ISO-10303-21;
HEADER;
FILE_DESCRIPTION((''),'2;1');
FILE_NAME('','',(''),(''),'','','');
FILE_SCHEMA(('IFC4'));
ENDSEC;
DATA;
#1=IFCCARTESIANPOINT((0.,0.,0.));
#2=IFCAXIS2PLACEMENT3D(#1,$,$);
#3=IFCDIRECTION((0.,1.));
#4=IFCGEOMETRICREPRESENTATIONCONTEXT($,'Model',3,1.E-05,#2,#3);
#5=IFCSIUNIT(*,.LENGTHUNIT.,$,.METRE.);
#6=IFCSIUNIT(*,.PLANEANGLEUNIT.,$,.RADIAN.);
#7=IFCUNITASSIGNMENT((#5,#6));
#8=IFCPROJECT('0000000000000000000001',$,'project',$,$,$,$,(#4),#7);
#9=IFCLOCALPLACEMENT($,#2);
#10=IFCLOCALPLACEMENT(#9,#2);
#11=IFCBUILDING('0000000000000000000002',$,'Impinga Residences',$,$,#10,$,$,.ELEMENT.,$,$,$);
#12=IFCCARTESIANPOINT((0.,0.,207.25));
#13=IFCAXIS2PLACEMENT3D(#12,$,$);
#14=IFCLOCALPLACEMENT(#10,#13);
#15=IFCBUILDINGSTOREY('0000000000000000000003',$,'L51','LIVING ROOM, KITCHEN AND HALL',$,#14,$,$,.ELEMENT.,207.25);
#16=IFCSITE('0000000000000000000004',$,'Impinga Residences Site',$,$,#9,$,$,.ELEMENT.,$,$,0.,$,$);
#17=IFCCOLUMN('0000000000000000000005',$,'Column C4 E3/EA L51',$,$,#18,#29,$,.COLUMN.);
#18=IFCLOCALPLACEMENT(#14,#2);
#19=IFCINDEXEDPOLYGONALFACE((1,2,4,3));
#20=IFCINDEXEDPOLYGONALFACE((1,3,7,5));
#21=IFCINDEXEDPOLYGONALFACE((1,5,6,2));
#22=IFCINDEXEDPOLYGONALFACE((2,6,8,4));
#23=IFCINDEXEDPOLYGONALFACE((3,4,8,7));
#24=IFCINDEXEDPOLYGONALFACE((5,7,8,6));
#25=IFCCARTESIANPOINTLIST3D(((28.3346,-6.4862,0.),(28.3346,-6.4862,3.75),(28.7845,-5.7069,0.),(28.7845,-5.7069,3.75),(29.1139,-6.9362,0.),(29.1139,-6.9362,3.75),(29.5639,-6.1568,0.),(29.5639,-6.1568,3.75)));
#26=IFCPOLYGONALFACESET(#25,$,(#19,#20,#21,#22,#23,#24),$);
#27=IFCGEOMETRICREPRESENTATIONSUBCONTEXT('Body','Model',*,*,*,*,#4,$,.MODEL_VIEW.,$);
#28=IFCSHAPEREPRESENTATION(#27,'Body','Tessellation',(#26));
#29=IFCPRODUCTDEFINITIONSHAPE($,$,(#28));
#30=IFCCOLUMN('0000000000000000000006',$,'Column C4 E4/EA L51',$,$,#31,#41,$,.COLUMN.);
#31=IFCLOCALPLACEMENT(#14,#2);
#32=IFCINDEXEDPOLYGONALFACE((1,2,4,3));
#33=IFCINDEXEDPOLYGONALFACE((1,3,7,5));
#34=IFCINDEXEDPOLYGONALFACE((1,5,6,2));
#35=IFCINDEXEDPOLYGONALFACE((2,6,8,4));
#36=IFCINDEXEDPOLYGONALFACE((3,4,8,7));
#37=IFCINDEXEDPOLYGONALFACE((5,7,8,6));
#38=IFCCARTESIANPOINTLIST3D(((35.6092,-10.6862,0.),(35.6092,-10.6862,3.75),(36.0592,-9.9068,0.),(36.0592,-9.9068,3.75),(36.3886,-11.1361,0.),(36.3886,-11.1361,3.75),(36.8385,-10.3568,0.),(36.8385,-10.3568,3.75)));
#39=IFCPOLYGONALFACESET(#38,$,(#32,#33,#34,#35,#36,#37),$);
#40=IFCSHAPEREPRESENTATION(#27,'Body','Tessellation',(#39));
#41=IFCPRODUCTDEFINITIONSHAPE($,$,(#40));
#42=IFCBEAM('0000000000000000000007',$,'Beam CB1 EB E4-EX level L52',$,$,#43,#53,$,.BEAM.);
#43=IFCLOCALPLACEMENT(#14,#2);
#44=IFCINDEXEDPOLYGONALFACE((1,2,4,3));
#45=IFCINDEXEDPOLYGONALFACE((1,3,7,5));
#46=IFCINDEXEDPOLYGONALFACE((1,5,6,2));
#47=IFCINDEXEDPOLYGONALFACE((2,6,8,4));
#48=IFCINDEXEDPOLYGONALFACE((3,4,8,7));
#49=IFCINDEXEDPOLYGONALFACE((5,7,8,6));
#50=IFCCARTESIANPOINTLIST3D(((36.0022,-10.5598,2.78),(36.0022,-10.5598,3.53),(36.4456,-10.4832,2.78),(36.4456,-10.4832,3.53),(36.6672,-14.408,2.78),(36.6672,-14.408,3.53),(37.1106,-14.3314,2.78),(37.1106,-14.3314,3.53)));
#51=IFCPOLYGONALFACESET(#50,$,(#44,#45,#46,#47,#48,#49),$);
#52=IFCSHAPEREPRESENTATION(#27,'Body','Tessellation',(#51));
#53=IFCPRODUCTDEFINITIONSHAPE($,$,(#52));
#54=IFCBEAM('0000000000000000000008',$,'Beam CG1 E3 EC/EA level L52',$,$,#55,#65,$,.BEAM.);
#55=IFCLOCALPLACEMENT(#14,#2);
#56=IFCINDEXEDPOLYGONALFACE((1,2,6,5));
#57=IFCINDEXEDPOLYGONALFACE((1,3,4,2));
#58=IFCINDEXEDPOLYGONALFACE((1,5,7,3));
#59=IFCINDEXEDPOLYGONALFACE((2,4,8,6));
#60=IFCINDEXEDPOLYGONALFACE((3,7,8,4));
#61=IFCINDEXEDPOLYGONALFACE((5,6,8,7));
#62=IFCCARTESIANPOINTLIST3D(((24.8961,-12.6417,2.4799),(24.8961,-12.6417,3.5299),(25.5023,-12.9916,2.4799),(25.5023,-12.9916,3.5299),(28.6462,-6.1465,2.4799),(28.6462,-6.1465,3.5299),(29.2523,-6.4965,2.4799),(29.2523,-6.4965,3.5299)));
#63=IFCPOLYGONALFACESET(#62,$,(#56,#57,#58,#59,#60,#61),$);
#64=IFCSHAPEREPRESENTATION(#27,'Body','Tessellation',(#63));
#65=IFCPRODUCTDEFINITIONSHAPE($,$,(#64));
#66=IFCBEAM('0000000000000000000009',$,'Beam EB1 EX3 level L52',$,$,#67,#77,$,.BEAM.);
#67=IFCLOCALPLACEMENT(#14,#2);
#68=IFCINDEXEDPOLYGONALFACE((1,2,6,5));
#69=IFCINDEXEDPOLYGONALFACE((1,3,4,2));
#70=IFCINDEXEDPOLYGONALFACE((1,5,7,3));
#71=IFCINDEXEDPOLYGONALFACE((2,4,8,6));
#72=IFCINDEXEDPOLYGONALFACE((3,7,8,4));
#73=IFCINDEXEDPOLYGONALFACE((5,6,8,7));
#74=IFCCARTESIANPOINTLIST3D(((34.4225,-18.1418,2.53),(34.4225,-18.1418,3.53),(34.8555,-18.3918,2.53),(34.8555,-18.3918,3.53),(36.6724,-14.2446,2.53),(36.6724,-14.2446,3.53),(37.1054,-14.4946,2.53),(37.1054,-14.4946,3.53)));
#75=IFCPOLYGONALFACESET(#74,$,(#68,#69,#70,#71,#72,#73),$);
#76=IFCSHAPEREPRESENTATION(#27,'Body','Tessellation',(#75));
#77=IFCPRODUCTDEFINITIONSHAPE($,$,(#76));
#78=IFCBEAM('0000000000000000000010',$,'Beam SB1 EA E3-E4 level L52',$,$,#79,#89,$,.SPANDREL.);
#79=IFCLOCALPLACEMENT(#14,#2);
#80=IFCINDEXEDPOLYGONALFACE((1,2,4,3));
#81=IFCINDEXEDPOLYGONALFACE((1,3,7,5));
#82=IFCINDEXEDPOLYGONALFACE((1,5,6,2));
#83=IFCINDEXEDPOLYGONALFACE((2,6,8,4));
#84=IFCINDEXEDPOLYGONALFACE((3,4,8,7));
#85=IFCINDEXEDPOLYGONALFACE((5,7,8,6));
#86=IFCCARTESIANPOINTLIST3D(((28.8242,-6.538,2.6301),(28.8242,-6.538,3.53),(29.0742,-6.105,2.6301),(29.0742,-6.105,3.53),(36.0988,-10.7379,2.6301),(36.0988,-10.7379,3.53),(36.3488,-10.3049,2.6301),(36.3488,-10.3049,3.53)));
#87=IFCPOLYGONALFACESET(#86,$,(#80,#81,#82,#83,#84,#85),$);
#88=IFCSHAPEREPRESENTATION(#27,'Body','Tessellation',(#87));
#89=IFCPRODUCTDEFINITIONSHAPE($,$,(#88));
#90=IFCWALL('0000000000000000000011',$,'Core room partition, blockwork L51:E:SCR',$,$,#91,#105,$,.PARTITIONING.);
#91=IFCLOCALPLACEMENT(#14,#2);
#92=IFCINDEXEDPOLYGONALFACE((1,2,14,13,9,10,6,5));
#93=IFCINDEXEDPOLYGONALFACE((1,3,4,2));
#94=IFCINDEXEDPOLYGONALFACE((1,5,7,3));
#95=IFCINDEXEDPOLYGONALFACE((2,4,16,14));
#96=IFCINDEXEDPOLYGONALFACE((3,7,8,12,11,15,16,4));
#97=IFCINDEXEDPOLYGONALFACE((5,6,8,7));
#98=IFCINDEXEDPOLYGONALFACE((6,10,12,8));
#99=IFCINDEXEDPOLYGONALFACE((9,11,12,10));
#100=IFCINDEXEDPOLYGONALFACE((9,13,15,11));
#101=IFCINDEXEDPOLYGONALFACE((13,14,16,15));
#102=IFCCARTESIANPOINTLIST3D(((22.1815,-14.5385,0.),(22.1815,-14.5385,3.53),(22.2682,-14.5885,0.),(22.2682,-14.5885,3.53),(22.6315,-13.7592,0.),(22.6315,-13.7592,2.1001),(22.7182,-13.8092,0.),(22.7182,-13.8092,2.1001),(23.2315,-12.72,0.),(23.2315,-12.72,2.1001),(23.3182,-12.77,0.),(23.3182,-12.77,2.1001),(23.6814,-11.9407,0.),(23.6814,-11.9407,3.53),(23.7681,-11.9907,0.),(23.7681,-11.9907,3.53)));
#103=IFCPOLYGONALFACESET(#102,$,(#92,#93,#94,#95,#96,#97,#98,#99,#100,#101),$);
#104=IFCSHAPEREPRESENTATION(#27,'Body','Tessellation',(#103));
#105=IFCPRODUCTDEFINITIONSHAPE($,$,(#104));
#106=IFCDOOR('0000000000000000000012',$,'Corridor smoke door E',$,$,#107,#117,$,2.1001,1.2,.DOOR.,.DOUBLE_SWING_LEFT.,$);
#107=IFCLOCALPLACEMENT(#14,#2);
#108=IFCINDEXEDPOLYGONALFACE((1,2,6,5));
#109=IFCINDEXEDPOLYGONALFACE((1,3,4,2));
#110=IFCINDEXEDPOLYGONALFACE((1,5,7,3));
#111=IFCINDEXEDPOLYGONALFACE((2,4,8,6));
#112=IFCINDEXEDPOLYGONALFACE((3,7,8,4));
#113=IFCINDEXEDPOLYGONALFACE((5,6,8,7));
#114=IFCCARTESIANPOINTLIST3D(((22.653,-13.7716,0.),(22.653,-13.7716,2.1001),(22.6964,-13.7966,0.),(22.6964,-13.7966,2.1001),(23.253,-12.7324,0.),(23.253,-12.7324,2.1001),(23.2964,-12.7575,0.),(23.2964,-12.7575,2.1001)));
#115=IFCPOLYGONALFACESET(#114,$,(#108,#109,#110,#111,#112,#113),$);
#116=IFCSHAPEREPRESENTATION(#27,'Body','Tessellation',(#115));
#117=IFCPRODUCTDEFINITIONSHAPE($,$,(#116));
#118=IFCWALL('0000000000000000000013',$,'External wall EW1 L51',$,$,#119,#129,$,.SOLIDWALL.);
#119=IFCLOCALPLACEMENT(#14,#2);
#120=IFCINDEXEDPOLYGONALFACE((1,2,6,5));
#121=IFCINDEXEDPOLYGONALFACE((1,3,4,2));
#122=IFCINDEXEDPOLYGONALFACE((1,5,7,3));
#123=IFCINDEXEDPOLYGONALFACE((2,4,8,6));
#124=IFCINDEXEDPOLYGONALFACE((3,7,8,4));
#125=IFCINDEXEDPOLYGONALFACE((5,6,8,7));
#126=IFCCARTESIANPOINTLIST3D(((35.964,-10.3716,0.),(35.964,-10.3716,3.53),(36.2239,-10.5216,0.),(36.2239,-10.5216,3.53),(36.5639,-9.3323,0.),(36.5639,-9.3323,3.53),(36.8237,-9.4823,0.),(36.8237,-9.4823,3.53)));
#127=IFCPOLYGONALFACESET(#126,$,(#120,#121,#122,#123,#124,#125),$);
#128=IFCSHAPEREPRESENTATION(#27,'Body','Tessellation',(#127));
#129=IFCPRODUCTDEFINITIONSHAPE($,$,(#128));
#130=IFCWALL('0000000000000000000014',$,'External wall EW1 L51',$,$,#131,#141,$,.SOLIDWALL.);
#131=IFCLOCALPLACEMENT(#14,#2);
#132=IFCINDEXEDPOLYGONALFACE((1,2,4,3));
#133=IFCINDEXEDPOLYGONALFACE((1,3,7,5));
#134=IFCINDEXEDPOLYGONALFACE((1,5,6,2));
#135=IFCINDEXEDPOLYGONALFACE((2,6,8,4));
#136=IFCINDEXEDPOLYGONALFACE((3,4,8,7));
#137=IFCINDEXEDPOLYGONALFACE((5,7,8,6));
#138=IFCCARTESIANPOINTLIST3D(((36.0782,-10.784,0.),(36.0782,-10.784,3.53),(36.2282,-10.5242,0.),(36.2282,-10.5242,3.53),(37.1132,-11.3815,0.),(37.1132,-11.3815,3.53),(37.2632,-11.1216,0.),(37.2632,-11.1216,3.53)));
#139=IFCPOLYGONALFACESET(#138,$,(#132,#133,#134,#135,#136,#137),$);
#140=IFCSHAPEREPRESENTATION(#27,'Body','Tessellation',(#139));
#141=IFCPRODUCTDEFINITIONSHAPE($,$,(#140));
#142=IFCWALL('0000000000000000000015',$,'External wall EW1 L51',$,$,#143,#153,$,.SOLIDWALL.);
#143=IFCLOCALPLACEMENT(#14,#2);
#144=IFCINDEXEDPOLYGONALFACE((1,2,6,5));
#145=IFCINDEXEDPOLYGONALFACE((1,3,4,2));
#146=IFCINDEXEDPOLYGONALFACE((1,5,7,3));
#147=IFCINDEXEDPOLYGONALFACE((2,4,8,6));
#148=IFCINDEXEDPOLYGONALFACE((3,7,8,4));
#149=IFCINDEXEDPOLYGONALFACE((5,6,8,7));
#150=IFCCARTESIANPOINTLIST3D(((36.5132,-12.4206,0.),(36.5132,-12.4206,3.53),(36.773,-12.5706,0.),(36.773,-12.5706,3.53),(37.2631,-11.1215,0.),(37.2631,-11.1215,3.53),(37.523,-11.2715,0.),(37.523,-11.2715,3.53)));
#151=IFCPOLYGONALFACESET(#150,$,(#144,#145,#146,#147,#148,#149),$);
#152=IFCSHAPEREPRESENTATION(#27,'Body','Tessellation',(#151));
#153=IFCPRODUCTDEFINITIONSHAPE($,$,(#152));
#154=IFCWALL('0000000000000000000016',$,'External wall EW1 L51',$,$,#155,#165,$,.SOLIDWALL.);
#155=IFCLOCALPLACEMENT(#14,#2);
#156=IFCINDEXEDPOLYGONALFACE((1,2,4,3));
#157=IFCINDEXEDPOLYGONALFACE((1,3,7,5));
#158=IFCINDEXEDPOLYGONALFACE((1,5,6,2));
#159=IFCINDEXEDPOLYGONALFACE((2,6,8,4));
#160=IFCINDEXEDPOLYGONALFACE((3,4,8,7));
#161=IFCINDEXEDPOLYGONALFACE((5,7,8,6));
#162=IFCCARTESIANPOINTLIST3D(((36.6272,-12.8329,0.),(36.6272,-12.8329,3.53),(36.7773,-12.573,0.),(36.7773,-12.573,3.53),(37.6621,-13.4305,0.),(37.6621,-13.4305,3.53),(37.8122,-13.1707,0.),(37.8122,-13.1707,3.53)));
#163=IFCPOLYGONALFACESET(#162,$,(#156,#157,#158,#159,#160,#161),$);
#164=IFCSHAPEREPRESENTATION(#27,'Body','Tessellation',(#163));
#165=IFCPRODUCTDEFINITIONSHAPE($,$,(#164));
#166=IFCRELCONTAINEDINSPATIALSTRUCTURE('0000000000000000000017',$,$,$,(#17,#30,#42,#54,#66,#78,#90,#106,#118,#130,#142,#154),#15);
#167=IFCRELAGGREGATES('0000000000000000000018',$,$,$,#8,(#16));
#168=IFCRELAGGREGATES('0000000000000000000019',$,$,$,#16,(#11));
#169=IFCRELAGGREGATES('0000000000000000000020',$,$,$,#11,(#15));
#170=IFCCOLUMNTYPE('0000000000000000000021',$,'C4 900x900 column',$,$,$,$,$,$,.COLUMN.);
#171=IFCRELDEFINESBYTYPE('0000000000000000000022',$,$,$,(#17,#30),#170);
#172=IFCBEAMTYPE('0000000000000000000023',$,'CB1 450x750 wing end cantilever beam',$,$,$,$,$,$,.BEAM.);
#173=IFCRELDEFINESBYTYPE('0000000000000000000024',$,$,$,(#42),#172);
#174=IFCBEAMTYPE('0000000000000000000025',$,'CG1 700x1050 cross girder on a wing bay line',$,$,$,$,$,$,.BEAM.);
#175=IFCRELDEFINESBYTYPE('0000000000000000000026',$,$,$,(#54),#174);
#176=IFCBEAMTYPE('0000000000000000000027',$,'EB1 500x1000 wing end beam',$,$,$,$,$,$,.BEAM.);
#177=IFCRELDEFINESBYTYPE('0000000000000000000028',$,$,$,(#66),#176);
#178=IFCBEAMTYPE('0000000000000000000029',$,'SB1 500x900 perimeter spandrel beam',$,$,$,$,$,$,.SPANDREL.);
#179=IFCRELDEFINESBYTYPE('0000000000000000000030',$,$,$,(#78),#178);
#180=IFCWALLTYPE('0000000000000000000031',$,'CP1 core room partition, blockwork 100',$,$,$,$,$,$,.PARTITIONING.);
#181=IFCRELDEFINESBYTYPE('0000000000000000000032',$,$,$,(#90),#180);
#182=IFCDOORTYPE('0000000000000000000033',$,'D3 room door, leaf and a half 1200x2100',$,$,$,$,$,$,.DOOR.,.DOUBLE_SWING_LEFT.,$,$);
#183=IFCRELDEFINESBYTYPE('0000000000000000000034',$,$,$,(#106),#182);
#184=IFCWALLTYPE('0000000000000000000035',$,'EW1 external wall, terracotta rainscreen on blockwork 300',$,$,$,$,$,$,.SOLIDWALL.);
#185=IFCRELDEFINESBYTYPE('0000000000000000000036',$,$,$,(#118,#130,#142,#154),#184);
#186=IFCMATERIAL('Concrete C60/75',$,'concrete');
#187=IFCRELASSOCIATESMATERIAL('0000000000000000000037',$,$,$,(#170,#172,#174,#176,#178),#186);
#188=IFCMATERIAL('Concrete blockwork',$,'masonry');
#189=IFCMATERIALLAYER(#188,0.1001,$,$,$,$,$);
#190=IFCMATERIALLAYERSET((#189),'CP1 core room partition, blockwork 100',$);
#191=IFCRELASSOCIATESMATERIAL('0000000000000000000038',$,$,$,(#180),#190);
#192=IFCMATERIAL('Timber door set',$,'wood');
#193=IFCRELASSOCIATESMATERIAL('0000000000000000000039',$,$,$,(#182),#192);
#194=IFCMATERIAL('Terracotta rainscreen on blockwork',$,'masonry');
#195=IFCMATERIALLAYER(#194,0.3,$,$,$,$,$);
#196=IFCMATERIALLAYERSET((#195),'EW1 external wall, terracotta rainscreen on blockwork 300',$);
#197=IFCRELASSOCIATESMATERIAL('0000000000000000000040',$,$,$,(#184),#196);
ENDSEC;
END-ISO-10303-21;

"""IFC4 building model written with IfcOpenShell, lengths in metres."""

from ifc_helpers import new_model, si_unit, direction, frame, frame_2d, origin, origin_2d, place, context, subcontext, project, spatial, rectangle, extrude, material, layer, layer_set, material_profile, profile_set, type_object, element, fill, save


model = new_model("IFC4")

# Units and contexts
model_context = context("Model", 3, precision=1e-05, world=origin(), true_north=direction((0.0, 1.0)))
body_context = subcontext(model_context, "Body", "Model", "MODEL_VIEW")
ifc_project = project(units=[si_unit("LENGTHUNIT", "METRE"), si_unit("PLANEANGLEUNIT", "RADIAN")], contexts=[model_context])

# Site, building, storey
site_placement = place(None, origin())
site = spatial("IfcSite", under=ifc_project, at=site_placement, Name="Impinga Residences Site", CompositionType="ELEMENT", RefElevation=0.0)
building_placement = place(site_placement, origin())
building = spatial("IfcBuilding", under=site, at=building_placement, Name="Impinga Residences", CompositionType="ELEMENT")
storey_placement = place(building_placement, frame((0.0, 0.0, 207.25)))
storey = spatial("IfcBuildingStorey", under=building, at=storey_placement, Name="L51", Description="LIVING ROOM, KITCHEN AND HALL", CompositionType="ELEMENT", Elevation=207.25)

# Columns
ifc_material_1 = material(Name="Concrete C60/75", Category="concrete")
ifc_material_profile_1 = material_profile(ifc_material_1, rectangle(XDim=0.8999, YDim=0.8999, at=origin_2d()), Name="RC 900x900")
ifc_profile_set_1 = profile_set([ifc_material_profile_1], Name="Concrete C60/75")
column_type = type_object("IfcColumnType", Name="C4 900x900 column", PredefinedType="COLUMN", material=ifc_profile_set_1)
for number, where, z_axis, x_axis, name in (
    (1, (28.9492, -6.3215, 0.0), (0.0, 0.0, 1.0), (-0.5, -0.866025, 0.0), "Column C4 E3/EA L51"),
    (2, (36.2239, -10.5215, 0.0), (0.0, 0.0, 1.0), (-0.5, -0.866025, 0.0), "Column C4 E4/EA L51"),
):
    element("IfcColumn", number, at=place(storey_placement, frame(where, z_axis=z_axis, x_axis=x_axis)), inside=storey, type_object=column_type, Name=name, PredefinedType="COLUMN", context=body_context, shape_type="SweptSolid", body=[
        extrude(rectangle(XDim=0.8999, YDim=0.8999, at=origin_2d()), origin(), (0.0, 0.0, 1.0), 3.75),
    ])

# Beams
ifc_material_profile_2 = material_profile(ifc_material_1, rectangle(XDim=0.45, YDim=0.75, at=origin_2d()), Name="RC 450x750")
ifc_profile_set_2 = profile_set([ifc_material_profile_2], Name="Concrete C60/75")
beam_type_1 = type_object("IfcBeamType", Name="CB1 450x750 wing end cantilever beam", PredefinedType="BEAM", material=ifc_profile_set_2)
beam_1_placement = place(storey_placement, frame((36.2239, -10.5215, 3.155), z_axis=(0.170296, -0.985393, 0.0), x_axis=(0.985393, 0.170296, 0.0)))
element("IfcBeam", 3, at=beam_1_placement, inside=storey, type_object=beam_type_1, Name="Beam CB1 EB E4-EX level L52", PredefinedType="BEAM", context=body_context, shape_type="SweptSolid", body=[
    extrude(rectangle(XDim=0.45, YDim=0.75, at=origin_2d()), origin(), (0.0, 0.0, 1.0), 3.9053),
])
ifc_material_profile_3 = material_profile(ifc_material_1, rectangle(XDim=0.7, YDim=1.05, at=origin_2d()), Name="RC 700x1050")
ifc_profile_set_3 = profile_set([ifc_material_profile_3], Name="Concrete C60/75")
beam_type_2 = type_object("IfcBeamType", Name="CG1 700x1050 cross girder on a wing bay line", PredefinedType="BEAM", material=ifc_profile_set_3)
beam_2_placement = place(storey_placement, frame((25.1992, -12.8167, 3.0049), z_axis=(0.500004, 0.866023, 0.0), x_axis=(-0.866023, 0.500004, 0.0)))
element("IfcBeam", 4, at=beam_2_placement, inside=storey, type_object=beam_type_2, Name="Beam CG1 E3 EC/EA level L52", PredefinedType="BEAM", context=body_context, shape_type="SweptSolid", body=[
    extrude(rectangle(XDim=0.7, YDim=1.05, at=origin_2d()), origin(), (0.0, 0.0, 1.0), 7.5),
])
ifc_material_profile_4 = material_profile(ifc_material_1, rectangle(XDim=0.5, YDim=1.0, at=origin_2d()), Name="RC 500x1000")
ifc_profile_set_4 = profile_set([ifc_material_profile_4], Name="Concrete C60/75")
beam_type_3 = type_object("IfcBeamType", Name="EB1 500x1000 wing end beam", PredefinedType="BEAM", material=ifc_profile_set_4)
beam_3_placement = place(storey_placement, frame((36.8889, -14.3696, 3.03), z_axis=(-0.49999, -0.866031, 0.0), x_axis=(0.866031, -0.49999, 0.0)))
element("IfcBeam", 5, at=beam_3_placement, inside=storey, type_object=beam_type_3, Name="Beam EB1 EX3 level L52", PredefinedType="BEAM", context=body_context, shape_type="SweptSolid", body=[
    extrude(rectangle(XDim=0.5, YDim=1.0, at=origin_2d()), origin(), (0.0, 0.0, 1.0), 4.5),
])
ifc_material_profile_5 = material_profile(ifc_material_1, rectangle(XDim=0.5, YDim=0.8999, at=origin_2d()), Name="RC 500x900")
ifc_profile_set_5 = profile_set([ifc_material_profile_5], Name="Concrete C60/75")
beam_type_4 = type_object("IfcBeamType", Name="SB1 500x900 perimeter spandrel beam", PredefinedType="SPANDREL", material=ifc_profile_set_5)
beam_4_placement = place(storey_placement, frame((28.9492, -6.3215, 3.0801), z_axis=(0.866029, -0.499993, 0.0), x_axis=(0.499993, 0.866029, 0.0)))
element("IfcBeam", 6, at=beam_4_placement, inside=storey, type_object=beam_type_4, Name="Beam SB1 EA E3-E4 level L52", PredefinedType="SPANDREL", context=body_context, shape_type="SweptSolid", body=[
    extrude(rectangle(XDim=0.5, YDim=0.8999, at=origin_2d()), origin(), (0.0, 0.0, 1.0), 8.3999),
])

# Wall, opening, door
ifc_material_2 = material(Name="Concrete blockwork", Category="masonry")
ifc_layer_1 = layer(ifc_material_2, 0.1001)
ifc_layer_set_1 = layer_set([ifc_layer_1], Name="CP1 core room partition, blockwork 100")
wall_type_1 = type_object("IfcWallType", Name="CP1 core room partition, blockwork 100", PredefinedType="PARTITIONING", material=ifc_layer_set_1)
wall_1_placement = place(storey_placement, frame((23.7249, -11.9656, 0.0), z_axis=(0.0, 0.0, 1.0), x_axis=(-0.500025, -0.866011, 0.0)))
wall_1 = element("IfcWall", 7, at=wall_1_placement, inside=storey, type_object=wall_type_1, Name="Core room partition, blockwork L51:E:SCR", PredefinedType="PARTITIONING", context=body_context, shape_type="SweptSolid", body=[
    extrude(rectangle(XDim=2.9998, YDim=0.1001, at=frame_2d((1.5, 0.0))), origin(), (0.0, 0.0, 1.0), 3.53),
])
opening_1_placement = place(wall_1_placement, frame((0.8999, 0.0, 0.0)))
opening_1 = element("IfcOpeningElement", 8, at=opening_1_placement, cuts=wall_1, PredefinedType="OPENING", context=body_context, shape_type="SweptSolid", body=[
    extrude(rectangle(XDim=1.2, YDim=2.1001, at=frame_2d((0.6001, 1.05))), frame((0.0, 0.0601, 0.0), z_axis=(0.0, -1.0, 0.0), x_axis=(1.0, 0.0, 0.0)), (0.0, 0.0, 1.0), 0.1201),
])
ifc_material_3 = material(Name="Timber door set", Category="wood")
door_type_1 = type_object("IfcDoorType", Name="D3 room door, leaf and a half 1200x2100", OperationType="DOUBLE_SWING_LEFT", PredefinedType="DOOR", material=ifc_material_3)
door_1_placement = place(opening_1_placement, origin())
door_1 = element("IfcDoor", 9, at=door_1_placement, inside=storey, type_object=door_type_1, Name="Corridor smoke door E", OperationType="DOUBLE_SWING_LEFT", OverallHeight=2.1001, OverallWidth=1.2, PredefinedType="DOOR", context=body_context, shape_type="SweptSolid", body=[
    extrude(rectangle(XDim=1.2, YDim=2.1001, at=frame_2d((0.6001, 1.05))), frame((0.0, 0.0249, 0.0), z_axis=(0.0, -1.0, 0.0), x_axis=(1.0, 0.0, 0.0)), (0.0, 0.0, 1.0), 0.05),
])
fill(opening_1, door_1)

# Walls
ifc_material_4 = material(Name="Terracotta rainscreen on blockwork", Category="masonry")
ifc_layer_2 = layer(ifc_material_4, 0.3)
ifc_layer_set_2 = layer_set([ifc_layer_2], Name="EW1 external wall, terracotta rainscreen on blockwork 300")
wall_type_2 = type_object("IfcWallType", Name="EW1 external wall, terracotta rainscreen on blockwork 300", PredefinedType="SOLIDWALL", material=ifc_layer_set_2)
wall_2_placement = place(storey_placement, frame((36.6938, -9.4072, 0.0), z_axis=(0.0, 0.0, 1.0), x_axis=(-0.499881, -0.866094, 0.0)))
element("IfcWall", 10, at=wall_2_placement, inside=storey, type_object=wall_type_2, Name="External wall EW1 L51", PredefinedType="SOLIDWALL", context=body_context, shape_type="SweptSolid", body=[
    extrude(rectangle(XDim=1.2, YDim=0.3, at=frame_2d((0.6001, 0.0))), origin(), (0.0, 0.0, 1.0), 3.53),
])
wall_3_placement = place(storey_placement, frame((36.1531, -10.6541, 0.0), z_axis=(0.0, 0.0, 1.0), x_axis=(0.86606, -0.499941, 0.0)))
element("IfcWall", 11, at=wall_3_placement, inside=storey, type_object=wall_type_2, Name="External wall EW1 L51", PredefinedType="SOLIDWALL", context=body_context, shape_type="SweptSolid", body=[
    extrude(rectangle(XDim=1.1951, YDim=0.3, at=frame_2d((0.5977, 0.0))), origin(), (0.0, 0.0, 1.0), 3.53),
])
wall_4_placement = place(storey_placement, frame((37.3931, -11.1965, 0.0), z_axis=(0.0, 0.0, 1.0), x_axis=(-0.49999, -0.866031, 0.0)))
element("IfcWall", 12, at=wall_4_placement, inside=storey, type_object=wall_type_2, Name="External wall EW1 L51", PredefinedType="SOLIDWALL", context=body_context, shape_type="SweptSolid", body=[
    extrude(rectangle(XDim=1.5, YDim=0.3, at=frame_2d((0.75, 0.0))), origin(), (0.0, 0.0, 1.0), 3.53),
])
wall_5_placement = place(storey_placement, frame((36.7021, -12.7029, 0.0), z_axis=(0.0, 0.0, 1.0), x_axis=(0.865971, -0.500094, 0.0)))
element("IfcWall", 13, at=wall_5_placement, inside=storey, type_object=wall_type_2, Name="External wall EW1 L51", PredefinedType="SOLIDWALL", context=body_context, shape_type="SweptSolid", body=[
    extrude(rectangle(XDim=1.1951, YDim=0.3, at=frame_2d((0.5977, 0.0))), origin(), (0.0, 0.0, 1.0), 3.53),
])

save(model, "model.ifc")
